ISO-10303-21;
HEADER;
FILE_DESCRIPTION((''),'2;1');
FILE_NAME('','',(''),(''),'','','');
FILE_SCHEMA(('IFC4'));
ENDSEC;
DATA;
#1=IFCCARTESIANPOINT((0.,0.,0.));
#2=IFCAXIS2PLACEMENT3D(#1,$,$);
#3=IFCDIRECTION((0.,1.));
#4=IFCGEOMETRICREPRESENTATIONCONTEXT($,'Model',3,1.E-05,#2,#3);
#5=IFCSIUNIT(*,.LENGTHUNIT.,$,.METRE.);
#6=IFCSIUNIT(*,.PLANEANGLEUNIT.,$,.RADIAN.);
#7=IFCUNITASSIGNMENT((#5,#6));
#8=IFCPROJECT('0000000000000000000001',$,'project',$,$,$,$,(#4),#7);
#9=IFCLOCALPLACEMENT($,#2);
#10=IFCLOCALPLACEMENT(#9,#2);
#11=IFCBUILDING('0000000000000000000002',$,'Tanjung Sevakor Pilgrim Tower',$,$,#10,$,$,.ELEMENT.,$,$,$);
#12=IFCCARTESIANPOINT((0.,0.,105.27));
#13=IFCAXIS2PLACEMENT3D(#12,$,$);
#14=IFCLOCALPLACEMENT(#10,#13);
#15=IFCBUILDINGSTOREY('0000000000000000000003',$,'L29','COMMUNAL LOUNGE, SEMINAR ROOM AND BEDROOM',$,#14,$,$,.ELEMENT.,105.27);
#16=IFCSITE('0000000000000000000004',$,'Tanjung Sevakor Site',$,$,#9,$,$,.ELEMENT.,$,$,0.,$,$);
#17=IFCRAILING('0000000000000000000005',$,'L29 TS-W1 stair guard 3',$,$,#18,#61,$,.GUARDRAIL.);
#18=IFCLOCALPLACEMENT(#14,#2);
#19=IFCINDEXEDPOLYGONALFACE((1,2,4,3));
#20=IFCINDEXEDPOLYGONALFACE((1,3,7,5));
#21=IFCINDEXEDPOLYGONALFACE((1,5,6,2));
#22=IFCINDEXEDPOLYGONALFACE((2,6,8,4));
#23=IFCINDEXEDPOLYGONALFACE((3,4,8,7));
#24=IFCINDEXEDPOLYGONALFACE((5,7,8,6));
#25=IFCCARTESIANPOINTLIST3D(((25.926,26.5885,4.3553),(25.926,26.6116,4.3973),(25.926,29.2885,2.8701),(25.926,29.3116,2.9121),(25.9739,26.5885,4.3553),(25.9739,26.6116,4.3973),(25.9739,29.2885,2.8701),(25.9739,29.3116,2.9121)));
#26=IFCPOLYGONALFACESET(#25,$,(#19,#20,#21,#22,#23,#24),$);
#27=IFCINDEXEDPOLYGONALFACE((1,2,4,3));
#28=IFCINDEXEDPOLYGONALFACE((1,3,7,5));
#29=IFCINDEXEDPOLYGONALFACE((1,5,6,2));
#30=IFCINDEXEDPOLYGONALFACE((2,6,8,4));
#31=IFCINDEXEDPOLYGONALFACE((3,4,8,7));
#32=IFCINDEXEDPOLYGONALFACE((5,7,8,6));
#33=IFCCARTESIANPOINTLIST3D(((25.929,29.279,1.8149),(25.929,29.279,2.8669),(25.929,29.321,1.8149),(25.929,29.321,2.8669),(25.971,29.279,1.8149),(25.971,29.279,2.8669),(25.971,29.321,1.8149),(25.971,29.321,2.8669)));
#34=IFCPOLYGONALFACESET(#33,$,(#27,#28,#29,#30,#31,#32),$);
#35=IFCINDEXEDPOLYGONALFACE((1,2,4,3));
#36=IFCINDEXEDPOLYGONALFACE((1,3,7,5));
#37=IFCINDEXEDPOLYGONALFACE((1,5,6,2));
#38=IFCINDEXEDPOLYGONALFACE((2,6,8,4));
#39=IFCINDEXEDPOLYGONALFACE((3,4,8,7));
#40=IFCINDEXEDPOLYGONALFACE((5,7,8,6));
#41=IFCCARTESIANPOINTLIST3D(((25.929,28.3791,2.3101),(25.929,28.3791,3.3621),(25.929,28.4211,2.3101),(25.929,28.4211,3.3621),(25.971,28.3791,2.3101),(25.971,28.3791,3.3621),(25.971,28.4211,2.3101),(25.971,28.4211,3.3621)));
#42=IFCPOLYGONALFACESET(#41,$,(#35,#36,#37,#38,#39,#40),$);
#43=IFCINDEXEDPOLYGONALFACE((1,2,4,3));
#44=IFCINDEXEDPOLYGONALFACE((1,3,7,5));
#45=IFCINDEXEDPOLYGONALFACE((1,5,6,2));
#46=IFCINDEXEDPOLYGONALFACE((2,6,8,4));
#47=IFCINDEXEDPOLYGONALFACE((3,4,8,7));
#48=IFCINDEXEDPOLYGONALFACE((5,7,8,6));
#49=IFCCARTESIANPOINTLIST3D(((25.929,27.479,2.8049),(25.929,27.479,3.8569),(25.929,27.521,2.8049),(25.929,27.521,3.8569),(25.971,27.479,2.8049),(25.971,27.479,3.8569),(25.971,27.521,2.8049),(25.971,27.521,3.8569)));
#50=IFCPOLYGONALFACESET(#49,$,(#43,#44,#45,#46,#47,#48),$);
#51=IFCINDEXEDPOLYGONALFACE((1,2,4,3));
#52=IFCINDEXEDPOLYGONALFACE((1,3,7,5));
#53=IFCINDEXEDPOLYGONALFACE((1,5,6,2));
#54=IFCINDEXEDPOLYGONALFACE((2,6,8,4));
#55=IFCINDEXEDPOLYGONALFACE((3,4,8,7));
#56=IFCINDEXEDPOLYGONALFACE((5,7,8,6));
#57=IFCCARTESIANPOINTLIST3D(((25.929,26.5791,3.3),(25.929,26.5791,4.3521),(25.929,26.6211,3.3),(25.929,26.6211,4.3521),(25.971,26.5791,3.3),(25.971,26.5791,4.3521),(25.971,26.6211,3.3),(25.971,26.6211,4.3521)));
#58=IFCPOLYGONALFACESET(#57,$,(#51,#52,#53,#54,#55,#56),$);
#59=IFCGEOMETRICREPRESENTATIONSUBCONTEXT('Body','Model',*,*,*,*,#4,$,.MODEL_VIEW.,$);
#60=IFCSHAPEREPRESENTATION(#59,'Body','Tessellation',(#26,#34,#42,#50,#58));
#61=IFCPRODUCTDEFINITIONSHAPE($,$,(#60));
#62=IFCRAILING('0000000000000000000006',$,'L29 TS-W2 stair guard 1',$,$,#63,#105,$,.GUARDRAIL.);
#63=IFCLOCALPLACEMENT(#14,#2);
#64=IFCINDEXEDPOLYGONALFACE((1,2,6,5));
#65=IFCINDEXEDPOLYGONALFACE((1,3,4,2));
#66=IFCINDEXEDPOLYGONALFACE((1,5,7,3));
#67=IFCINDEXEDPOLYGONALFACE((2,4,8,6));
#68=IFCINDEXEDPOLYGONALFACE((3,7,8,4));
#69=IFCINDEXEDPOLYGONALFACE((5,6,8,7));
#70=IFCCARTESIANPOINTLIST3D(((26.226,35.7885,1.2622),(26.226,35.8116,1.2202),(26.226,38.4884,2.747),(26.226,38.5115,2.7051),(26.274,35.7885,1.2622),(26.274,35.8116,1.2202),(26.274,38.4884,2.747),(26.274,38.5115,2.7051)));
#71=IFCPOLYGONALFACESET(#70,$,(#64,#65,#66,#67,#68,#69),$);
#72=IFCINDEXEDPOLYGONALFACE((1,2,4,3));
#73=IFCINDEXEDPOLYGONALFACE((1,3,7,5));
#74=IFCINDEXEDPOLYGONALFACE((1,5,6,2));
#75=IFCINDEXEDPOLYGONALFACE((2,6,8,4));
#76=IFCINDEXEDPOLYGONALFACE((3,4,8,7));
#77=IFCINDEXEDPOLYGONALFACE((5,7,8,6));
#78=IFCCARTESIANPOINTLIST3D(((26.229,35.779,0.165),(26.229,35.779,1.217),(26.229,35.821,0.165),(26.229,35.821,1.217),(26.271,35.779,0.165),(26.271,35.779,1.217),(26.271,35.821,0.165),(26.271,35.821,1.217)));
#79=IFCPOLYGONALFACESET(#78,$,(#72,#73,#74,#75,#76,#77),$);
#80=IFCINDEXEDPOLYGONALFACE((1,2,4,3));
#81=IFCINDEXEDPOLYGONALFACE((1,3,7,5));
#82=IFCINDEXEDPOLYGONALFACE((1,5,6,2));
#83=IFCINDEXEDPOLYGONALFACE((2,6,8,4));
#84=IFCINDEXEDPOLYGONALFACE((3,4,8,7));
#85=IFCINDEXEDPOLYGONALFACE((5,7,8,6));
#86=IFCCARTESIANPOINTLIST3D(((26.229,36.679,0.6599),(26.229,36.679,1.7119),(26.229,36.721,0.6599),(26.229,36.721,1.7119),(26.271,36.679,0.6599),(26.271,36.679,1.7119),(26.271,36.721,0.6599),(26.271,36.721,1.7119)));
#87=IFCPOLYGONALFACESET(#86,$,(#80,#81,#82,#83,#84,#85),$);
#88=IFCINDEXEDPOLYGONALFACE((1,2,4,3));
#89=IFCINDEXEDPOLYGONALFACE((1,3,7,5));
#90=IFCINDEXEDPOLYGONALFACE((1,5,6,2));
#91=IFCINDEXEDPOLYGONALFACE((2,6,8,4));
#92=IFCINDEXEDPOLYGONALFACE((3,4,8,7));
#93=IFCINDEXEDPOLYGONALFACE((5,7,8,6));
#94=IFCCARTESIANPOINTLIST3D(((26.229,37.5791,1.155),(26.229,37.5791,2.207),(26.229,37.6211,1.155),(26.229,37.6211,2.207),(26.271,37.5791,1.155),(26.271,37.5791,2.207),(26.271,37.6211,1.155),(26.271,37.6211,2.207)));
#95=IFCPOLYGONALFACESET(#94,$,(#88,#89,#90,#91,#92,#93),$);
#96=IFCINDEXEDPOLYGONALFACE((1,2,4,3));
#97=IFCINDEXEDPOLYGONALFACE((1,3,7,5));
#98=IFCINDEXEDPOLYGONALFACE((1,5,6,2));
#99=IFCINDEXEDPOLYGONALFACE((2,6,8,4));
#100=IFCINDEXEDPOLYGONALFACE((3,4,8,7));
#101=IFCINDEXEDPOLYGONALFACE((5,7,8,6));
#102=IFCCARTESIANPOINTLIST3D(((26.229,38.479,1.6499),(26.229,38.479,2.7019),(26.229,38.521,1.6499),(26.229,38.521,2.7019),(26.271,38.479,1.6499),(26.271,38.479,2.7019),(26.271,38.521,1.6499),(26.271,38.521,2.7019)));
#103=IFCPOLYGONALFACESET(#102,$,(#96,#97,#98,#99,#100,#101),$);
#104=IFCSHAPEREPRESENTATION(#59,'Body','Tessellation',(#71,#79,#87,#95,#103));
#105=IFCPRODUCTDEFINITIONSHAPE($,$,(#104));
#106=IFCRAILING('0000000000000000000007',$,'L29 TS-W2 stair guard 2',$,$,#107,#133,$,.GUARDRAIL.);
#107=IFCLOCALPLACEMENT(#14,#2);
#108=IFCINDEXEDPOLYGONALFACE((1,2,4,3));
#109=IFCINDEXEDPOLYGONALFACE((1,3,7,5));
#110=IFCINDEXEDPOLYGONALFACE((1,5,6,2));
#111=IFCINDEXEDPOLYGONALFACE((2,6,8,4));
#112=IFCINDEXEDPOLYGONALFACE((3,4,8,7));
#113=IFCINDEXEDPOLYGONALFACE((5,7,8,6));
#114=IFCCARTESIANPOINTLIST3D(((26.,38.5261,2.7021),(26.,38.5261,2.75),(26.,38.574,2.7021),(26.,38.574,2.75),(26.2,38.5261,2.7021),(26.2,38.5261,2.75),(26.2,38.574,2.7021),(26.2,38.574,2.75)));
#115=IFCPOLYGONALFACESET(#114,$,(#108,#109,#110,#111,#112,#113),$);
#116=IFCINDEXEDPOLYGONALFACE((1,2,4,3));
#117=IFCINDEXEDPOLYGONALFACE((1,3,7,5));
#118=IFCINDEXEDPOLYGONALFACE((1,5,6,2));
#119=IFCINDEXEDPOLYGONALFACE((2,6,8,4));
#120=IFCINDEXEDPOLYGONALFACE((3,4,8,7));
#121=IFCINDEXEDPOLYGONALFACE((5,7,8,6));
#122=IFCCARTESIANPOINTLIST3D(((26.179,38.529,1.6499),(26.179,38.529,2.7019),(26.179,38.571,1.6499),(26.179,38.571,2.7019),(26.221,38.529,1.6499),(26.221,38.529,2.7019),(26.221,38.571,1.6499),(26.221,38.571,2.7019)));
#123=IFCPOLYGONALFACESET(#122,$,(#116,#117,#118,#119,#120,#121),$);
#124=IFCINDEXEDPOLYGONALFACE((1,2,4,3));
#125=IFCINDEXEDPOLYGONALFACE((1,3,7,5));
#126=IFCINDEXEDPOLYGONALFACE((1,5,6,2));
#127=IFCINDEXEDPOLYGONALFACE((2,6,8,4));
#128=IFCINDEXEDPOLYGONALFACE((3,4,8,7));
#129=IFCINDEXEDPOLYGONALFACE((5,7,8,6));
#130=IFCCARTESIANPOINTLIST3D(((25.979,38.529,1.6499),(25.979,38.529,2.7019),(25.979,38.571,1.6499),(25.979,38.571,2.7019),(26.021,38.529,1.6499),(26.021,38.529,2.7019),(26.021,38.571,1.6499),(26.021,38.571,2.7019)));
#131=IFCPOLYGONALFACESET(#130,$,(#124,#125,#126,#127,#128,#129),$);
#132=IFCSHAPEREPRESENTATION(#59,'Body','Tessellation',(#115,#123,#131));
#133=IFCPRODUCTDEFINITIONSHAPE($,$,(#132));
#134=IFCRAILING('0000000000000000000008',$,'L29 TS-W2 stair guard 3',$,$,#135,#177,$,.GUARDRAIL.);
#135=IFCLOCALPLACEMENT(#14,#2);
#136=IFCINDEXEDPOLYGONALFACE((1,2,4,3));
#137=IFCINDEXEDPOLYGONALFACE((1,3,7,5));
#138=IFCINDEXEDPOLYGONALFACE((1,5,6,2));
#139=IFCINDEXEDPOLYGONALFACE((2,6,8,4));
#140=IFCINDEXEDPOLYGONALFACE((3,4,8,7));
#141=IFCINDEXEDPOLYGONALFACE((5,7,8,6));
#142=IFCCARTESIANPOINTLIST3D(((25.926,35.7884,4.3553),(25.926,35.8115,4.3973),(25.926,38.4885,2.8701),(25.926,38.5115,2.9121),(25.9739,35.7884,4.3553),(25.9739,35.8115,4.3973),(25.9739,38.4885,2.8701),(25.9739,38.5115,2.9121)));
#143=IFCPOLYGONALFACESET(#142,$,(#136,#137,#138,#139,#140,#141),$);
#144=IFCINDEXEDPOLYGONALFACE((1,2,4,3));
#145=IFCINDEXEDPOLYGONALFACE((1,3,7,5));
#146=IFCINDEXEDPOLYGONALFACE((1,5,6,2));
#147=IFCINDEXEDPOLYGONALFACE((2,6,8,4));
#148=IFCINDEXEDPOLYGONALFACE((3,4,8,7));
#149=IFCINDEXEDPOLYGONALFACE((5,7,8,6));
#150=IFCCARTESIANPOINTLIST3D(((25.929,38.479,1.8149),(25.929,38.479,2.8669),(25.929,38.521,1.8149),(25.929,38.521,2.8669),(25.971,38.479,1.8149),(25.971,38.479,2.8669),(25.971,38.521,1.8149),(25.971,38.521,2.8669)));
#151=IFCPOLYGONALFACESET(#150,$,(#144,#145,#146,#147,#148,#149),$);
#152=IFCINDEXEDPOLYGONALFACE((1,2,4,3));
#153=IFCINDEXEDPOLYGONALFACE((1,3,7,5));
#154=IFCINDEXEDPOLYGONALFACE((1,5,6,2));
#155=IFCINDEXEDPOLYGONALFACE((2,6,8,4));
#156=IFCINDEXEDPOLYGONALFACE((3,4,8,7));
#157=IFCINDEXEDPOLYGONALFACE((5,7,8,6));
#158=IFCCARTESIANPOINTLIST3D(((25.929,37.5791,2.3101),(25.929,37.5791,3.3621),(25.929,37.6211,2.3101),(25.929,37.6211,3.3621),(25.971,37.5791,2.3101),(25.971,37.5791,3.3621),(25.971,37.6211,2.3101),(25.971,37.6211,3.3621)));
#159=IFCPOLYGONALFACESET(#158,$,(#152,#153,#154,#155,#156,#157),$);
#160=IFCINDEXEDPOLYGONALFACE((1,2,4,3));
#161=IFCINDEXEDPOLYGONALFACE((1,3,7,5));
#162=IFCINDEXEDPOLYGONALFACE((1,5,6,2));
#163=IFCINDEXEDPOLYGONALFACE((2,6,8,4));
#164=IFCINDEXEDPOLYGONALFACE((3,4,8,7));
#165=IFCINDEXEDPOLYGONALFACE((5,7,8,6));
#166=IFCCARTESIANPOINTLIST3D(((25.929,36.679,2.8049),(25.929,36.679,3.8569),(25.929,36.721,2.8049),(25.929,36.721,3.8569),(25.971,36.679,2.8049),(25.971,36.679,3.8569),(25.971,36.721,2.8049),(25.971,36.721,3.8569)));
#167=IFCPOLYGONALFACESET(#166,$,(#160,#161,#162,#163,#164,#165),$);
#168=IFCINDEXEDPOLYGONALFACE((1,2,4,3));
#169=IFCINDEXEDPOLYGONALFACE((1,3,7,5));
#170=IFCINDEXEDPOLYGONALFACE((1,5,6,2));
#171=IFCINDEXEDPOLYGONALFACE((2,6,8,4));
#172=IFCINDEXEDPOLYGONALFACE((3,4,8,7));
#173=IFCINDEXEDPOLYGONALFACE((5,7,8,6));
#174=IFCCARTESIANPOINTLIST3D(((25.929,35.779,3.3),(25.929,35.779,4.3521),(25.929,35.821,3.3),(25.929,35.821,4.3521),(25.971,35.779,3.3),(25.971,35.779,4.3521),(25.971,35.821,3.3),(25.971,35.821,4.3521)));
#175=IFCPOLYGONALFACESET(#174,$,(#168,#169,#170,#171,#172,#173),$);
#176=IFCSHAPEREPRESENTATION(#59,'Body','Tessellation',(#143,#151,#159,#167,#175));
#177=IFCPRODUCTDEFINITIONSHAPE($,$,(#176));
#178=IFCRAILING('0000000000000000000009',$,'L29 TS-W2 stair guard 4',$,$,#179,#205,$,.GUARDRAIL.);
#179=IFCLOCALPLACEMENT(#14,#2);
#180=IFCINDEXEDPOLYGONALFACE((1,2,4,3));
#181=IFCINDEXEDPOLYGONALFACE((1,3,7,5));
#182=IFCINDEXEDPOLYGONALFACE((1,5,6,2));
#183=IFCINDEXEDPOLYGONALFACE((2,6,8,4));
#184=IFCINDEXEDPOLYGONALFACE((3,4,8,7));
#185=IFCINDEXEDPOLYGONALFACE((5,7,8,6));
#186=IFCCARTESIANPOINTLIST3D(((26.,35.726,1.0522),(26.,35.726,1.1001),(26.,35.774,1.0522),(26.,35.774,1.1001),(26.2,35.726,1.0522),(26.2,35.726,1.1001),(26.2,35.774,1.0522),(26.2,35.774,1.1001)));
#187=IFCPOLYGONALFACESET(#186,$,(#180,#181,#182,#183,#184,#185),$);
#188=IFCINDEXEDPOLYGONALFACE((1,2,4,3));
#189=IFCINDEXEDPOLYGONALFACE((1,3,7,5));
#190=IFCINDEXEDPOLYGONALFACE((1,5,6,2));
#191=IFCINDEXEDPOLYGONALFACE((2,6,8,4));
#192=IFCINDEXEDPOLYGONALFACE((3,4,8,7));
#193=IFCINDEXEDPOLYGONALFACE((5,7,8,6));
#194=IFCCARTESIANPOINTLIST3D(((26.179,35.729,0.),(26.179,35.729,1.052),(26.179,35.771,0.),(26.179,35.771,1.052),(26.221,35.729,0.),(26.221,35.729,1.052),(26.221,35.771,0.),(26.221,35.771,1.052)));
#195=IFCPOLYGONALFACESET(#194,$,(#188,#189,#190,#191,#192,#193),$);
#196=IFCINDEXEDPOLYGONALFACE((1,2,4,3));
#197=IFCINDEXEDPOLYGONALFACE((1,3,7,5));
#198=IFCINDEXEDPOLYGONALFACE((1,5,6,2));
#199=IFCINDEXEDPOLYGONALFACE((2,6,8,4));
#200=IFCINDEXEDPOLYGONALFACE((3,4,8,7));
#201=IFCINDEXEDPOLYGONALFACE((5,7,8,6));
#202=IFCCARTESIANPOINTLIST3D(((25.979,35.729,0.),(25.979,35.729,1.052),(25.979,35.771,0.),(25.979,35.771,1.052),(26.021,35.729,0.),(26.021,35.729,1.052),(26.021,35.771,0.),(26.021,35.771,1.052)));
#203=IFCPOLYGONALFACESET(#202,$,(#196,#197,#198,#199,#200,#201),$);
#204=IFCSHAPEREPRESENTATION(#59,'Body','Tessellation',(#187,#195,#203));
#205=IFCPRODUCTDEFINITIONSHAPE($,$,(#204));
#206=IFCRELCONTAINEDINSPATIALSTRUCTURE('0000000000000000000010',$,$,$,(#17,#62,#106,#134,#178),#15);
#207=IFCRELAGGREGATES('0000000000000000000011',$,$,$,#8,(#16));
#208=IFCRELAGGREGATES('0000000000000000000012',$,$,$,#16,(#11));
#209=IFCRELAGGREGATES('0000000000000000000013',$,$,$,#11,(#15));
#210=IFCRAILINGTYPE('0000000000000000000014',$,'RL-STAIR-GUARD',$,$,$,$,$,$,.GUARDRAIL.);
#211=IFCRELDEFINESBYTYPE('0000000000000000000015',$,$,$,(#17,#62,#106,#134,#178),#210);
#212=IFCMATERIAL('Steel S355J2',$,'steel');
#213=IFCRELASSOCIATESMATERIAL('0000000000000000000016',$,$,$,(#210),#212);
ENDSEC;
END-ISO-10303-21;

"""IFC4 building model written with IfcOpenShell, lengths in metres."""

from ifc_helpers import new_model, si_unit, direction, frame, origin, place, context, subcontext, project, spatial, rectangle, extrude, material, type_object, element, save


model = new_model("IFC4")

# Units and contexts
model_context = context("Model", 3, precision=1e-05, world=origin(), true_north=direction((0.0, 1.0)))
body_context = subcontext(model_context, "Body", "Model", "MODEL_VIEW")
ifc_project = project(units=[si_unit("LENGTHUNIT", "METRE"), si_unit("PLANEANGLEUNIT", "RADIAN")], contexts=[model_context])

# Site, building, storey
site_placement = place(None, origin())
site = spatial("IfcSite", under=ifc_project, at=site_placement, Name="Tanjung Sevakor Site", CompositionType="ELEMENT", RefElevation=0.0)
building_placement = place(site_placement, origin())
building = spatial("IfcBuilding", under=site, at=building_placement, Name="Tanjung Sevakor Pilgrim Tower", CompositionType="ELEMENT")
storey_placement = place(building_placement, frame((0.0, 0.0, 105.27)))
storey = spatial("IfcBuildingStorey", under=building, at=storey_placement, Name="L29", Description="COMMUNAL LOUNGE, SEMINAR ROOM AND BEDROOM", CompositionType="ELEMENT", Elevation=105.27)

# Railings
ifc_material_1 = material(Name="Steel S355J2", Category="steel")
railing_type_1 = type_object("IfcRailingType", Name="RL-STAIR-GUARD", PredefinedType="GUARDRAIL", material=ifc_material_1)
railing_1_placement = place(storey_placement, frame((25.95, 29.3, 1.8149)))
element("IfcRailing", 1, at=railing_1_placement, inside=storey, type_object=railing_type_1, Name="L29 TS-W1 stair guard 3", PredefinedType="GUARDRAIL", context=body_context, shape_type="SweptSolid", body=[
    extrude(rectangle(XDim=0.0479, YDim=0.0479), frame((0.0, 0.0, 1.0762), z_axis=(0.0, -0.876198, 0.481952), x_axis=(1.0, 0.0, 0.0)), (0.0, 0.0, 1.0), 3.0815),
    extrude(rectangle(XDim=0.042, YDim=0.042), origin(), (0.0, 0.0, 1.0), 1.052),
    extrude(rectangle(XDim=0.042, YDim=0.042), frame((0.0, -0.8999, 0.4951)), (0.0, 0.0, 1.0), 1.052),
    extrude(rectangle(XDim=0.042, YDim=0.042), frame((0.0, -1.8, 0.99)), (0.0, 0.0, 1.0), 1.052),
    extrude(rectangle(XDim=0.042, YDim=0.042), frame((0.0, -2.7, 1.4851)), (0.0, 0.0, 1.0), 1.052),
])
railing_2_placement = place(storey_placement, frame((26.25, 35.8, 0.165)))
element("IfcRailing", 2, at=railing_2_placement, inside=storey, type_object=railing_type_1, Name="L29 TS-W2 stair guard 1", PredefinedType="GUARDRAIL", context=body_context, shape_type="SweptSolid", body=[
    extrude(rectangle(XDim=0.0479, YDim=0.0479), frame((0.0, 0.0, 1.0762), z_axis=(0.0, 0.876231, 0.481891), x_axis=(-1.0, 0.0, 0.0)), (0.0, 0.0, 1.0), 3.0813),
    extrude(rectangle(XDim=0.042, YDim=0.042), origin(), (0.0, 0.0, 1.0), 1.052),
    extrude(rectangle(XDim=0.042, YDim=0.042), frame((0.0, 0.8999, 0.4949)), (0.0, 0.0, 1.0), 1.052),
    extrude(rectangle(XDim=0.042, YDim=0.042), frame((0.0, 1.8, 0.99)), (0.0, 0.0, 1.0), 1.052),
    extrude(rectangle(XDim=0.042, YDim=0.042), frame((0.0, 2.7, 1.4849)), (0.0, 0.0, 1.0), 1.052),
])
railing_3_placement = place(storey_placement, frame((26.2, 38.55, 1.6499)))
element("IfcRailing", 3, at=railing_3_placement, inside=storey, type_object=railing_type_1, Name="L29 TS-W2 stair guard 2", PredefinedType="GUARDRAIL", context=body_context, shape_type="SweptSolid", body=[
    extrude(rectangle(XDim=0.0479, YDim=0.0479), frame((0.0, 0.0, 1.0762), z_axis=(-1.0, 0.0, 0.0), x_axis=(0.0, -1.0, 0.0)), (0.0, 0.0, 1.0), 0.2),
    extrude(rectangle(XDim=0.042, YDim=0.042), origin(), (0.0, 0.0, 1.0), 1.052),
    extrude(rectangle(XDim=0.042, YDim=0.042), frame((-0.2, 0.0, 0.0)), (0.0, 0.0, 1.0), 1.052),
])
railing_4_placement = place(storey_placement, frame((25.95, 38.5, 1.8149)))
element("IfcRailing", 4, at=railing_4_placement, inside=storey, type_object=railing_type_1, Name="L29 TS-W2 stair guard 3", PredefinedType="GUARDRAIL", context=body_context, shape_type="SweptSolid", body=[
    extrude(rectangle(XDim=0.0479, YDim=0.0479), frame((0.0, 0.0, 1.0762), z_axis=(0.0, -0.876198, 0.481952), x_axis=(1.0, 0.0, 0.0)), (0.0, 0.0, 1.0), 3.0815),
    extrude(rectangle(XDim=0.042, YDim=0.042), origin(), (0.0, 0.0, 1.0), 1.052),
    extrude(rectangle(XDim=0.042, YDim=0.042), frame((0.0, -0.8999, 0.4951)), (0.0, 0.0, 1.0), 1.052),
    extrude(rectangle(XDim=0.042, YDim=0.042), frame((0.0, -1.8, 0.99)), (0.0, 0.0, 1.0), 1.052),
    extrude(rectangle(XDim=0.042, YDim=0.042), frame((0.0, -2.7, 1.4851)), (0.0, 0.0, 1.0), 1.052),
])
railing_5_placement = place(storey_placement, frame((26.2, 35.75, 0.0)))
element("IfcRailing", 5, at=railing_5_placement, inside=storey, type_object=railing_type_1, Name="L29 TS-W2 stair guard 4", PredefinedType="GUARDRAIL", context=body_context, shape_type="SweptSolid", body=[
    extrude(rectangle(XDim=0.0479, YDim=0.0479), frame((0.0, 0.0, 1.0762), z_axis=(-1.0, 0.0, 0.0), x_axis=(0.0, -1.0, 0.0)), (0.0, 0.0, 1.0), 0.2),
    extrude(rectangle(XDim=0.042, YDim=0.042), origin(), (0.0, 0.0, 1.0), 1.052),
    extrude(rectangle(XDim=0.042, YDim=0.042), frame((-0.2, 0.0, 0.0)), (0.0, 0.0, 1.0), 1.052),
])

save(model, "model.ifc")
